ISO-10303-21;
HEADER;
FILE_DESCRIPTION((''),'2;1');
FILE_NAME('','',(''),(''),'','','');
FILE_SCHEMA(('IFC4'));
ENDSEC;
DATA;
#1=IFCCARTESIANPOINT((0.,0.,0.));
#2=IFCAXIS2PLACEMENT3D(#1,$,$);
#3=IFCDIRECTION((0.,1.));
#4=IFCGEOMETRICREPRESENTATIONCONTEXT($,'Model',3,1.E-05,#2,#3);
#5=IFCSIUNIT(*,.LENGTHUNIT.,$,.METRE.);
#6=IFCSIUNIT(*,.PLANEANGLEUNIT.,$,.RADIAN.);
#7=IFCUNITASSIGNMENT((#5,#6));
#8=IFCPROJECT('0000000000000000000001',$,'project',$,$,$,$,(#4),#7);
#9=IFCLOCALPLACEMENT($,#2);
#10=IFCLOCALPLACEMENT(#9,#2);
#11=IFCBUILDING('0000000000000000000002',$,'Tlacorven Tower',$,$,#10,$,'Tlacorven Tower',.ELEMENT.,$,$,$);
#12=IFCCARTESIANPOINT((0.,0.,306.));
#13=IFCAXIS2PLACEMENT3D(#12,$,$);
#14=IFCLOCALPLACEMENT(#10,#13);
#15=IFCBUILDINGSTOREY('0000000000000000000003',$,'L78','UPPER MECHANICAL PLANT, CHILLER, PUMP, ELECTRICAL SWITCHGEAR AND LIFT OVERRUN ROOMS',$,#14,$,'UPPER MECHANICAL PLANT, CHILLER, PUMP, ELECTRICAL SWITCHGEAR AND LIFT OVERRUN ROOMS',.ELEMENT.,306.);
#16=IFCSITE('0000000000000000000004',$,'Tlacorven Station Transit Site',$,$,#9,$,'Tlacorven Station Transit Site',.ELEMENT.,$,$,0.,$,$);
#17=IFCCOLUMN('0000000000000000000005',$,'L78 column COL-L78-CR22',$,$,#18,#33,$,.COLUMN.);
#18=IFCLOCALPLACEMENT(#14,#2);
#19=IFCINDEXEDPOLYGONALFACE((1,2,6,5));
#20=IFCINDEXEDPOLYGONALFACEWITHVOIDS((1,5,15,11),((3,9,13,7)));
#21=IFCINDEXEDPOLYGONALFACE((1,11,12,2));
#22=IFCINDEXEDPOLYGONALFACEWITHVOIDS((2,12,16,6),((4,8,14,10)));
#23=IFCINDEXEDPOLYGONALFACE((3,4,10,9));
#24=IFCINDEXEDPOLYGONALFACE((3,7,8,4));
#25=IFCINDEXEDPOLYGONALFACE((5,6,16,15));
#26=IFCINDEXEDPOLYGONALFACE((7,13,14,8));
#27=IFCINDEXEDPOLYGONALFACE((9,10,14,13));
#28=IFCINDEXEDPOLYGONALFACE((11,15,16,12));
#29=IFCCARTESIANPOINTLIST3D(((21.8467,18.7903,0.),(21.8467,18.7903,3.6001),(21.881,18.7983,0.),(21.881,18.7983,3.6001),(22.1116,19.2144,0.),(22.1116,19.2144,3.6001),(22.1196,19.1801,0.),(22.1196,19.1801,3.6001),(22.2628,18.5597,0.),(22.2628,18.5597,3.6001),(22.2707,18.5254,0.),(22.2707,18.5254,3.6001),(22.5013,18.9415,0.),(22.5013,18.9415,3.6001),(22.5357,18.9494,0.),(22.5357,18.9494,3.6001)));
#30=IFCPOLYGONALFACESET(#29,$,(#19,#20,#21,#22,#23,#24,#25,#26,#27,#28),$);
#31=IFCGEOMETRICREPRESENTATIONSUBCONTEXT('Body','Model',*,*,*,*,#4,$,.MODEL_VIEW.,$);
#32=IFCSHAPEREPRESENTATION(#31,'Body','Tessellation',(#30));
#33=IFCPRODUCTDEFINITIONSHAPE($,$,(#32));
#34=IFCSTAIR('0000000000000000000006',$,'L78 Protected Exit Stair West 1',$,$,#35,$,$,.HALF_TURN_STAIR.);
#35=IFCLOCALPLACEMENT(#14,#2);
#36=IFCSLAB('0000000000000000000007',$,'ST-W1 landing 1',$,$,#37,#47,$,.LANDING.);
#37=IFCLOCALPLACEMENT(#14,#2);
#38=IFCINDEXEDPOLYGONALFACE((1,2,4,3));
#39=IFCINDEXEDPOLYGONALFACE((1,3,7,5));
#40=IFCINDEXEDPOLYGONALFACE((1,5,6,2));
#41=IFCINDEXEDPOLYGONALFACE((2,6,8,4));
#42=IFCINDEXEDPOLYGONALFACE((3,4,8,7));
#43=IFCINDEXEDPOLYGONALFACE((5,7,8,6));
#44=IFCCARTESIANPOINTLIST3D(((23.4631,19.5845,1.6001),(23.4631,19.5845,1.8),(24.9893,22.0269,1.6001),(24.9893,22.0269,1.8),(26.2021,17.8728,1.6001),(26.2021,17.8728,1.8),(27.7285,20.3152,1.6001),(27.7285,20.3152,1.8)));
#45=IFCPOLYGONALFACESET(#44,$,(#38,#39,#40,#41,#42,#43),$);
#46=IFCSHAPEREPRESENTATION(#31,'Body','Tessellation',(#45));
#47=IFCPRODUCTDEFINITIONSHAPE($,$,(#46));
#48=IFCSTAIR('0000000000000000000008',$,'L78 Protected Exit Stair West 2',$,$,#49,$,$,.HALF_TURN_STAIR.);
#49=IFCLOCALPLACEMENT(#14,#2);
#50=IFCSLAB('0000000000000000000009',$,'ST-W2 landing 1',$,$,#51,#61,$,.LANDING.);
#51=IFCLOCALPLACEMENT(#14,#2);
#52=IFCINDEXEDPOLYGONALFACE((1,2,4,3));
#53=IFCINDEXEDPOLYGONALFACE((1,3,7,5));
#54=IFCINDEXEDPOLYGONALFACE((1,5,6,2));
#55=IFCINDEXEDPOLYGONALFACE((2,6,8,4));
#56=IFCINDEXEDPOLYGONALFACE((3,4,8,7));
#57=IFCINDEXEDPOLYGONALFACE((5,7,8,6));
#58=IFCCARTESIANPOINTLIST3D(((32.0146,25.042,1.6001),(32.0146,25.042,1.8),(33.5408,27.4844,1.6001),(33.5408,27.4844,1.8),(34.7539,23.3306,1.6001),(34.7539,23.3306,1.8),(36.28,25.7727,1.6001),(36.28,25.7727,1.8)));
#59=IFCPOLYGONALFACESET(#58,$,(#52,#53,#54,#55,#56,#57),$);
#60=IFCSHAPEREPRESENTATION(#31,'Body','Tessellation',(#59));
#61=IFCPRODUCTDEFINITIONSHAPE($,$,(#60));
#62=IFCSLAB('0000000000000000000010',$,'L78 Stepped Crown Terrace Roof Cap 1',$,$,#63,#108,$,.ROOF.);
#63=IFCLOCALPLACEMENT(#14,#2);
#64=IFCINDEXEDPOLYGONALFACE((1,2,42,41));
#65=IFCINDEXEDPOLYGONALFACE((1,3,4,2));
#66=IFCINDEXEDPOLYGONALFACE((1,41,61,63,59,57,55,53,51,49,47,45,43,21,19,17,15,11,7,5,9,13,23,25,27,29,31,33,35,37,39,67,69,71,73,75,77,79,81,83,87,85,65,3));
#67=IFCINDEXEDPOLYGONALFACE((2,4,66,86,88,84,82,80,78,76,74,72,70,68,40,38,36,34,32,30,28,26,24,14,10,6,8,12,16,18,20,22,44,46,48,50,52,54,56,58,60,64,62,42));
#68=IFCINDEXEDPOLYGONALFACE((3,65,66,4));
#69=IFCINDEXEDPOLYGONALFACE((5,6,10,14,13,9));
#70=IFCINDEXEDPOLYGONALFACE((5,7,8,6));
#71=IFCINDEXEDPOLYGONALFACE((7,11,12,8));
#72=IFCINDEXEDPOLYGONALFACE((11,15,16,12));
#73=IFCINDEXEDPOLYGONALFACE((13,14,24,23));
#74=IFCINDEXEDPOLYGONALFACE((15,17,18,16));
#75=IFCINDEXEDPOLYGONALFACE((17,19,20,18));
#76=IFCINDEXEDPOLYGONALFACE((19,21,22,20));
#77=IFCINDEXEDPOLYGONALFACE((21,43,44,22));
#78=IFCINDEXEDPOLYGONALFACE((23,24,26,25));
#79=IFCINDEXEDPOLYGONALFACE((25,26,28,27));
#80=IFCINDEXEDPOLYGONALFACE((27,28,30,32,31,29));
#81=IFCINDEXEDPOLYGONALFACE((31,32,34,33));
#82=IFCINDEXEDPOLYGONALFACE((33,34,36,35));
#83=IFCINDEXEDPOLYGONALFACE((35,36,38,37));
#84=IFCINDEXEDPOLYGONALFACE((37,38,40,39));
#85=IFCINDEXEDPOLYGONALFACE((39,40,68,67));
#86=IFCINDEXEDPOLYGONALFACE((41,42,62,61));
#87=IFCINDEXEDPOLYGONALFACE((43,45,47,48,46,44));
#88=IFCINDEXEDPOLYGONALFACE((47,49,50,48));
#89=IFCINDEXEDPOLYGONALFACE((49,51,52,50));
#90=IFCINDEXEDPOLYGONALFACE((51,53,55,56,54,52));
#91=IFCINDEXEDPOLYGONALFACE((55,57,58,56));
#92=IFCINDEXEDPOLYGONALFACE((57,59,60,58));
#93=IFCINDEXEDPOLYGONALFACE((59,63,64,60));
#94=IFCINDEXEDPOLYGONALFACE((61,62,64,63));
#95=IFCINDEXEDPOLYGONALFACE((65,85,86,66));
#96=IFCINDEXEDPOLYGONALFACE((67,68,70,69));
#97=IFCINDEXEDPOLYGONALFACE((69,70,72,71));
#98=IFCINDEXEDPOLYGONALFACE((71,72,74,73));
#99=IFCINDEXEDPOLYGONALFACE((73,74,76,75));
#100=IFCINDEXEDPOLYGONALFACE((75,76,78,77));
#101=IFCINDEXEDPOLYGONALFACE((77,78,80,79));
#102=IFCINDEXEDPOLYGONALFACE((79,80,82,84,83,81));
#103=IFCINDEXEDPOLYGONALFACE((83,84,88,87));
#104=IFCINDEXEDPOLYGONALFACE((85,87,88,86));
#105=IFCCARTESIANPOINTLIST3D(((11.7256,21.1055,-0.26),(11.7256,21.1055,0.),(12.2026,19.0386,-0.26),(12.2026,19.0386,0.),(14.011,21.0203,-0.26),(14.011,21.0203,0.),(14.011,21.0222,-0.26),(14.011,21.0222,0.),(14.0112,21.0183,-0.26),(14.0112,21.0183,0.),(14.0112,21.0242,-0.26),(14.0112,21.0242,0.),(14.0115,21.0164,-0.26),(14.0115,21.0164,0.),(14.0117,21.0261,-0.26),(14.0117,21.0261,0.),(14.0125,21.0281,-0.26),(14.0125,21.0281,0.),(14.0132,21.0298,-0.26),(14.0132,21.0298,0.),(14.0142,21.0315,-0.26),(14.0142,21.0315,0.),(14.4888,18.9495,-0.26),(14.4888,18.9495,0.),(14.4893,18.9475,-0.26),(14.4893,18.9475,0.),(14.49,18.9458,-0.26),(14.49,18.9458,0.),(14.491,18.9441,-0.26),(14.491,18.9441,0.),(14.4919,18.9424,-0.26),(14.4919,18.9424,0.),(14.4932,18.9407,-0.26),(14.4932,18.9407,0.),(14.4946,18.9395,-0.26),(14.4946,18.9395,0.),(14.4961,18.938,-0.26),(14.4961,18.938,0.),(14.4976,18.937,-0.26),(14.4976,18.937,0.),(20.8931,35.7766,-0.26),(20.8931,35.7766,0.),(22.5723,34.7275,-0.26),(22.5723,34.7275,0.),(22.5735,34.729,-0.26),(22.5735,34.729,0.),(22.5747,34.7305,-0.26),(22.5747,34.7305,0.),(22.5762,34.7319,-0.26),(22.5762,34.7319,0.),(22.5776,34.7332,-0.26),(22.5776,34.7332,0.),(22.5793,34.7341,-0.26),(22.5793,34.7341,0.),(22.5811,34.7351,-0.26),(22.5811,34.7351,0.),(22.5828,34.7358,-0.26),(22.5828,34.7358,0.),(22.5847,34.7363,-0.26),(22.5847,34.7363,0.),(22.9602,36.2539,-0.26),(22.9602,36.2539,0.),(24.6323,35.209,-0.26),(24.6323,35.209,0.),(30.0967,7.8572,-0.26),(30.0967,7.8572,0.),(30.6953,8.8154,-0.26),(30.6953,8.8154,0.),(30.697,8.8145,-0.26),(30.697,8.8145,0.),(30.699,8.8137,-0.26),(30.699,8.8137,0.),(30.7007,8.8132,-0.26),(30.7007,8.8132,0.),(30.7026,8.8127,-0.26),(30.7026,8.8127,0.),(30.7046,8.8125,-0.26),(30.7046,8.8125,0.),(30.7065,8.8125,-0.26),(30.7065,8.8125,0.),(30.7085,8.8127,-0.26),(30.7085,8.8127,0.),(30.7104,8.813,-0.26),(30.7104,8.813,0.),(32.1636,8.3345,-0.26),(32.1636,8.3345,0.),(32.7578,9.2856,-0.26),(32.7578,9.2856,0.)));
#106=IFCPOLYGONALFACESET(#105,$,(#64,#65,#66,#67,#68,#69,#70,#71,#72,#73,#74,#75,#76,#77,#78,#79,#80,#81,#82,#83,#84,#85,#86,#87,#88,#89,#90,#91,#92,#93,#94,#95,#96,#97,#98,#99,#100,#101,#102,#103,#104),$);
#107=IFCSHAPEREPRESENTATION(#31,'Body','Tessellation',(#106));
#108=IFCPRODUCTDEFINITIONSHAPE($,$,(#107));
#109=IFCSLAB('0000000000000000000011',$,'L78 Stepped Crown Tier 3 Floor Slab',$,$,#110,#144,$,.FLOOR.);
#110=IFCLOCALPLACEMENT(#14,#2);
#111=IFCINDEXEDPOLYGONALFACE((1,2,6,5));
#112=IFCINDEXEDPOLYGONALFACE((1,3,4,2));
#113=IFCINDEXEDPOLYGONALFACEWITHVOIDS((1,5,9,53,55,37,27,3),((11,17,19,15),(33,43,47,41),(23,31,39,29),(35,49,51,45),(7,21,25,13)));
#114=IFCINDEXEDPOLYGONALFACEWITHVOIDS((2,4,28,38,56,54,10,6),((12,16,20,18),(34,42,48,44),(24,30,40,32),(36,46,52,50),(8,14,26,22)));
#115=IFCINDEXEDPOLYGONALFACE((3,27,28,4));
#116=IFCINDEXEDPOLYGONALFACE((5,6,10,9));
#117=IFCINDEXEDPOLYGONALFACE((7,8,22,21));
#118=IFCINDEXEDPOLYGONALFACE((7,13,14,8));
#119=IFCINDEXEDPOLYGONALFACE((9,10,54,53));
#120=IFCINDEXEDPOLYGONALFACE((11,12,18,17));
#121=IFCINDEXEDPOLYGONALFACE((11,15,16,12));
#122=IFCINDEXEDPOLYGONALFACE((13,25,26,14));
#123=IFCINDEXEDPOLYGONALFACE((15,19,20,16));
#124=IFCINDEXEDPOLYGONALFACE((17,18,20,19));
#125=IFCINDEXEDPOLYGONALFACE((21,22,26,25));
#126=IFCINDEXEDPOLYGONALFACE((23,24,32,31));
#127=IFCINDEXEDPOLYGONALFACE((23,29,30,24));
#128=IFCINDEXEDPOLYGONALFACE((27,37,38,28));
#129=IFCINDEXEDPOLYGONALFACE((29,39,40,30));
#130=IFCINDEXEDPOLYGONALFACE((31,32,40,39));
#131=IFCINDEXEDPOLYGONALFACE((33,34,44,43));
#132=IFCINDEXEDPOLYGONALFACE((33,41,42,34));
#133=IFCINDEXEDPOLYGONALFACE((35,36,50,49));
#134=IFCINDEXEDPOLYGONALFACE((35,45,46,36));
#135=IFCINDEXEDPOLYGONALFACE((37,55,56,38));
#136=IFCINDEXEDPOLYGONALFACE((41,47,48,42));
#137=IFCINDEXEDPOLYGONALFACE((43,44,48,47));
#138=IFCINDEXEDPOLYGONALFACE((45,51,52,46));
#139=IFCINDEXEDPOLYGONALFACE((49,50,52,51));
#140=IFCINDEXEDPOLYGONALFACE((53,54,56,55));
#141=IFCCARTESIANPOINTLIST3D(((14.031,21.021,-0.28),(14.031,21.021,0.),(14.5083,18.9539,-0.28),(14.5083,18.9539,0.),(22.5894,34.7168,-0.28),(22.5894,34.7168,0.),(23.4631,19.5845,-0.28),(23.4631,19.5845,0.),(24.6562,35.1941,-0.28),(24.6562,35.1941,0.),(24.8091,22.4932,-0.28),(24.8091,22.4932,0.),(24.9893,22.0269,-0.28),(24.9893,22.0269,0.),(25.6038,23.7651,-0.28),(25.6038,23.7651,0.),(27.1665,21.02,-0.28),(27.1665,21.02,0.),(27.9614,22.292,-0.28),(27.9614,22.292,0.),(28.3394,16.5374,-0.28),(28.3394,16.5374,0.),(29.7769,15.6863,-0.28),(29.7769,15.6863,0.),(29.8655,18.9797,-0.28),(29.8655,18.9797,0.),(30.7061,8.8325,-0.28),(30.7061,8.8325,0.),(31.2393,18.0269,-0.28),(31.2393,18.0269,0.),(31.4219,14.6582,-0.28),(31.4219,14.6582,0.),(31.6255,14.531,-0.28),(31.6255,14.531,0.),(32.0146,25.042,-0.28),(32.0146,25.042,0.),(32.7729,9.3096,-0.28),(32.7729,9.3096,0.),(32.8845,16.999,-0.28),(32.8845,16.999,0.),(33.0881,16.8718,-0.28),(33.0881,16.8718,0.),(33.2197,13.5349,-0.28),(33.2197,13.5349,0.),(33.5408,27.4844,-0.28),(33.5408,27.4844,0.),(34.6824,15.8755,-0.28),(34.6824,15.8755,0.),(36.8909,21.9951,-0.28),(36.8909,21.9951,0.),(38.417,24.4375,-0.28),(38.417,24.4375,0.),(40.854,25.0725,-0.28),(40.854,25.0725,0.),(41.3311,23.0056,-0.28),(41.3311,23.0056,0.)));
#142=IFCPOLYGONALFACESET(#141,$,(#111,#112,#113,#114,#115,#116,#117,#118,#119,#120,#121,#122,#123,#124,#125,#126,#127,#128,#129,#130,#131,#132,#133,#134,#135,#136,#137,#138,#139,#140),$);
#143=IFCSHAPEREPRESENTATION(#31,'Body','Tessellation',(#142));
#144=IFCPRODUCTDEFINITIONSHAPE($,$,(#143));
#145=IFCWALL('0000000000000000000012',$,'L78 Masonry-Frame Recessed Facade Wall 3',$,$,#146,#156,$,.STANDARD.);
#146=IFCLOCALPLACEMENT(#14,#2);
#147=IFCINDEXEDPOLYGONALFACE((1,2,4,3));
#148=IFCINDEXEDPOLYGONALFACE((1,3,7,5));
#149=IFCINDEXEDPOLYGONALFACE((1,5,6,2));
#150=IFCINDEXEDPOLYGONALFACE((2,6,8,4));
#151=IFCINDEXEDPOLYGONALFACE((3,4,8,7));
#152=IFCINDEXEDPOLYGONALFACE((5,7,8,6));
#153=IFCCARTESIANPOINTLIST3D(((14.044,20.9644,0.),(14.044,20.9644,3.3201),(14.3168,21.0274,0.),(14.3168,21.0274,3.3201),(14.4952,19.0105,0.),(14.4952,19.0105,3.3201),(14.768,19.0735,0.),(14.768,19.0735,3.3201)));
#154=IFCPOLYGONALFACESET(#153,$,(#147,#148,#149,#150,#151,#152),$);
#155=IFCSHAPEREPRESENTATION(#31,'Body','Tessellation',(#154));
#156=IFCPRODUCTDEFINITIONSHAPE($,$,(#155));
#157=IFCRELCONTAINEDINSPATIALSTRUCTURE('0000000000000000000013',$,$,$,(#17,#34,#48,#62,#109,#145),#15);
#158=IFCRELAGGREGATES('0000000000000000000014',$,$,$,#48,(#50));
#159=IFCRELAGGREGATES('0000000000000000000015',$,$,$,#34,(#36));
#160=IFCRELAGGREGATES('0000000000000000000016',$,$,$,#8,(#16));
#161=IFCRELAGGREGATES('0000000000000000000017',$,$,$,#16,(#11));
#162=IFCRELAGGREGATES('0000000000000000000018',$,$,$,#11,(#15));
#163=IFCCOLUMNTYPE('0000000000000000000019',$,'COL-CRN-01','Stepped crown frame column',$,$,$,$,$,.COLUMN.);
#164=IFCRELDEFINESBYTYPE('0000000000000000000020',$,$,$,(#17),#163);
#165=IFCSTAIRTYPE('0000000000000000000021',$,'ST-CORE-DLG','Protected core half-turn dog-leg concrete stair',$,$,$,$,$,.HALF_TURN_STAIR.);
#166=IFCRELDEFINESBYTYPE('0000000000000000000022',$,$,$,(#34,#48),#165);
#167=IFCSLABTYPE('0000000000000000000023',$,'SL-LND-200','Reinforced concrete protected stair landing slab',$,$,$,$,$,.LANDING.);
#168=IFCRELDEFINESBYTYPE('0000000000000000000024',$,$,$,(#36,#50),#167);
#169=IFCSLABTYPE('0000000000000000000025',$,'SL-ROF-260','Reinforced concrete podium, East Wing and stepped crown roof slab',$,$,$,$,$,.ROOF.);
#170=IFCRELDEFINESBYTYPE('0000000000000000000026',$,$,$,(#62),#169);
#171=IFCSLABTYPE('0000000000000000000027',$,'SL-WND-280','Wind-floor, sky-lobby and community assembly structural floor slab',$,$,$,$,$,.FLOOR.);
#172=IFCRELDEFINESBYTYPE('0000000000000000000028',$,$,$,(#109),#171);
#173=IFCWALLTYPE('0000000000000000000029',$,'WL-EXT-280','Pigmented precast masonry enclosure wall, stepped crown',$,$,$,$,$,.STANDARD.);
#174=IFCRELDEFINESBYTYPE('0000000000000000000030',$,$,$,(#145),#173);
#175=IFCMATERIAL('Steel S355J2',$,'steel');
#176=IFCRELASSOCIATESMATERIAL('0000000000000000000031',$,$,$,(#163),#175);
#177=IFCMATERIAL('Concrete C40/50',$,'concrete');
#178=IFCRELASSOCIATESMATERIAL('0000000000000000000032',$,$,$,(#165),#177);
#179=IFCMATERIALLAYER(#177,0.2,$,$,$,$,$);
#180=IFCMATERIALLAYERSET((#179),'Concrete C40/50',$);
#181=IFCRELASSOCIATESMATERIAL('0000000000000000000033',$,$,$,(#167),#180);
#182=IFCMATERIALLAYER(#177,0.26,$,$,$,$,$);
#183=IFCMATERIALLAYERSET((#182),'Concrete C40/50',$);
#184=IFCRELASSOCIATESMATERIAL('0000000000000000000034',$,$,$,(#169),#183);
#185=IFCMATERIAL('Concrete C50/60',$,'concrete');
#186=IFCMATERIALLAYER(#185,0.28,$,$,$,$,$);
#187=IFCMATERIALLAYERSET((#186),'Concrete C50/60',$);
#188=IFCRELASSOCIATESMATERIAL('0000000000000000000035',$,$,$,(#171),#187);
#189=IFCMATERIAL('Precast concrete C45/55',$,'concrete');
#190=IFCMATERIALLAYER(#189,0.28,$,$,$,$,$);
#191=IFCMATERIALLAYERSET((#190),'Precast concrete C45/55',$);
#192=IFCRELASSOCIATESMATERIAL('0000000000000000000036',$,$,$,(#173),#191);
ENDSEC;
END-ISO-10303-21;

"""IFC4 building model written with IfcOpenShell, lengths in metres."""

from ifc_helpers import new_model, si_unit, direction, frame, frame_2d, origin, origin_2d, place, context, subcontext, project, spatial, polyline, rectangle, hollow_rectangle, outline, extrude, source, transform, mapped, material, layer, layer_set, material_profile, profile_set, type_object, element, aggregate, save


model = new_model("IFC4")

# Units and contexts
model_context = context("Model", 3, precision=1e-05, world=origin(), true_north=direction((0.0, 1.0)))
body_context = subcontext(model_context, "Body", "Model", "MODEL_VIEW")
ifc_project = project(units=[si_unit("LENGTHUNIT", "METRE"), si_unit("PLANEANGLEUNIT", "RADIAN")], contexts=[model_context])

# Site, building, storey
site_placement = place(None, origin())
site = spatial("IfcSite", under=ifc_project, at=site_placement, Name="Tlacorven Station Transit Site", LongName="Tlacorven Station Transit Site", CompositionType="ELEMENT", RefElevation=0.0)
building_placement = place(site_placement, origin())
building = spatial("IfcBuilding", under=site, at=building_placement, Name="Tlacorven Tower", LongName="Tlacorven Tower", CompositionType="ELEMENT")
storey_placement = place(building_placement, frame((0.0, 0.0, 306.0)))
storey = spatial("IfcBuildingStorey", under=building, at=storey_placement, Name="L78", Description="UPPER MECHANICAL PLANT, CHILLER, PUMP, ELECTRICAL SWITCHGEAR AND LIFT OVERRUN ROOMS", LongName="UPPER MECHANICAL PLANT, CHILLER, PUMP, ELECTRICAL SWITCHGEAR AND LIFT OVERRUN ROOMS", CompositionType="ELEMENT", Elevation=306.0)

# Column
ifc_material_1 = material(Name="Steel S355J2", Category="steel")
ifc_material_profile = material_profile(ifc_material_1, hollow_rectangle(XDim=0.5, YDim=0.5, WallThickness=0.0249, at=origin_2d()), Name="BOX 500X500X25")
ifc_profile_set = profile_set([ifc_material_profile], Name="Steel S355J2")
column_type = type_object("IfcColumnType", Name="COL-CRN-01", Description="Stepped crown frame column", PredefinedType="COLUMN", material=ifc_profile_set)
shared_shape_1 = source(origin(), body_context, "Body", "SweptSolid", [
    extrude(hollow_rectangle(XDim=0.5, YDim=0.5, WallThickness=0.0249, at=origin_2d()), origin(), (0.0, 0.0, 1.0), 3.6001),
])
column_placement = place(storey_placement, frame((22.1912, 18.8699, 0.0), z_axis=(0.0, 0.0, 1.0), x_axis=(-0.848048, 0.529919, 0.0)))
element("IfcColumn", 1, at=column_placement, inside=storey, type_object=column_type, Name="L78 column COL-L78-CR22", PredefinedType="COLUMN", context=body_context, shape_type="MappedRepresentation", body=[
    mapped(shared_shape_1, transform((0.0, 0.0, 0.0), scale=1.0)),
])

# Stairs, slabs
ifc_material_2 = material(Name="Concrete C40/50", Category="concrete")
stair_type = type_object("IfcStairType", Name="ST-CORE-DLG", Description="Protected core half-turn dog-leg concrete stair", PredefinedType="HALF_TURN_STAIR", material=ifc_material_2)
stair_1_placement = place(storey_placement, origin())
stair_1 = element("IfcStair", 2, at=stair_1_placement, inside=storey, type_object=stair_type, Name="L78 Protected Exit Stair West 1", PredefinedType="HALF_TURN_STAIR")
ifc_layer_1 = layer(ifc_material_2, 0.2)
ifc_layer_set_1 = layer_set([ifc_layer_1], Name="Concrete C40/50")
slab_type_1 = type_object("IfcSlabType", Name="SL-LND-200", Description="Reinforced concrete protected stair landing slab", PredefinedType="LANDING", material=ifc_layer_set_1)
slab_1_placement = place(storey_placement, frame((0.0, 0.0, 1.6001)))
slab_1 = element("IfcSlab", 3, at=slab_1_placement, type_object=slab_type_1, Name="ST-W1 landing 1", PredefinedType="LANDING", context=body_context, shape_type="SweptSolid", body=[
    extrude(outline(polyline([(27.7285, 20.3152), (24.9893, 22.0269), (23.4631, 19.5845), (26.2021, 17.8728), (27.7285, 20.3152)])), origin(), (0.0, 0.0, 1.0), 0.2),
])
stair_2_placement = place(storey_placement, origin())
stair_2 = element("IfcStair", 4, at=stair_2_placement, inside=storey, type_object=stair_type, Name="L78 Protected Exit Stair West 2", PredefinedType="HALF_TURN_STAIR")
slab_2_placement = place(storey_placement, frame((0.0, 0.0, 1.6001)))
slab_2 = element("IfcSlab", 5, at=slab_2_placement, type_object=slab_type_1, Name="ST-W2 landing 1", PredefinedType="LANDING", context=body_context, shape_type="SweptSolid", body=[
    extrude(outline(polyline([(36.28, 25.7727), (33.5408, 27.4844), (32.0146, 25.042), (34.7539, 23.3306), (36.28, 25.7727)])), origin(), (0.0, 0.0, 1.0), 0.2),
])
aggregate(stair_2, [slab_2])

# Slabs
ifc_layer_2 = layer(ifc_material_2, 0.26)
ifc_layer_set_2 = layer_set([ifc_layer_2], Name="Concrete C40/50")
slab_type_2 = type_object("IfcSlabType", Name="SL-ROF-260", Description="Reinforced concrete podium, East Wing and stepped crown roof slab", PredefinedType="ROOF", material=ifc_layer_set_2)
slab_3_placement = place(storey_placement, frame((0.0, 0.0, -0.26)))
element("IfcSlab", 6, at=slab_3_placement, inside=storey, type_object=slab_type_2, Name="L78 Stepped Crown Terrace Roof Cap 1", PredefinedType="ROOF", context=body_context, shape_type="SweptSolid", body=[
    extrude(outline(polyline([(32.1636, 8.3345), (30.0967, 7.8572), (12.2026, 19.0386), (11.7256, 21.1055), (20.8931, 35.7766), (22.9602, 36.2539), (24.6323, 35.209), (22.5847, 34.7363), (22.5828, 34.7358), (22.5811, 34.7351), (22.5793, 34.7341), (22.5776, 34.7332), (22.5762, 34.7319), (22.5747, 34.7305), (22.5735, 34.729), (22.5723, 34.7275), (14.0142, 21.0315), (14.0132, 21.0298), (14.0125, 21.0281), (14.0117, 21.0261), (14.0112, 21.0242), (14.011, 21.0222), (14.011, 21.0203), (14.0112, 21.0183), (14.0115, 21.0164), (14.4888, 18.9495), (14.4893, 18.9475), (14.49, 18.9458), (14.491, 18.9441), (14.4919, 18.9424), (14.4932, 18.9407), (14.4946, 18.9395), (14.4961, 18.938), (14.4976, 18.937), (30.6953, 8.8154), (30.697, 8.8145), (30.699, 8.8137), (30.7007, 8.8132), (30.7026, 8.8127), (30.7046, 8.8125), (30.7065, 8.8125), (30.7085, 8.8127), (30.7104, 8.813), (32.7578, 9.2856), (32.1636, 8.3345)])), origin(), (0.0, 0.0, 1.0), 0.26),
])
ifc_material_3 = material(Name="Concrete C50/60", Category="concrete")
ifc_layer_3 = layer(ifc_material_3, 0.28)
ifc_layer_set_3 = layer_set([ifc_layer_3], Name="Concrete C50/60")
slab_type_3 = type_object("IfcSlabType", Name="SL-WND-280", Description="Wind-floor, sky-lobby and community assembly structural floor slab", PredefinedType="FLOOR", material=ifc_layer_set_3)
slab_4_placement = place(storey_placement, frame((0.0, 0.0, -0.28)))
element("IfcSlab", 7, at=slab_4_placement, inside=storey, type_object=slab_type_3, Name="L78 Stepped Crown Tier 3 Floor Slab", PredefinedType="FLOOR", context=body_context, shape_type="SweptSolid", body=[
    extrude(outline(polyline([(40.854, 25.0725), (24.6562, 35.1941), (22.5894, 34.7168), (14.031, 21.021), (14.5083, 18.9539), (30.7061, 8.8325), (32.7729, 9.3096), (41.3311, 23.0056), (40.854, 25.0725)]), holes=[polyline([(29.8655, 18.9797), (24.9893, 22.0269), (23.4631, 19.5845), (28.3394, 16.5374), (29.8655, 18.9797)]), polyline([(38.417, 24.4375), (33.5408, 27.4844), (32.0146, 25.042), (36.8909, 21.9951), (38.417, 24.4375)]), polyline([(34.6824, 15.8755), (33.0881, 16.8718), (31.6255, 14.531), (33.2197, 13.5349), (34.6824, 15.8755)]), polyline([(32.8845, 16.999), (31.2393, 18.0269), (29.7769, 15.6863), (31.4219, 14.6582), (32.8845, 16.999)]), polyline([(27.9614, 22.292), (25.6038, 23.7651), (24.8091, 22.4932), (27.1665, 21.02), (27.9614, 22.292)])]), origin(), (0.0, 0.0, 1.0), 0.28),
])

# Wall
ifc_material_4 = material(Name="Precast concrete C45/55", Category="concrete")
ifc_layer_4 = layer(ifc_material_4, 0.28)
ifc_layer_set_4 = layer_set([ifc_layer_4], Name="Precast concrete C45/55")
wall_type_1 = type_object("IfcWallType", Name="WL-EXT-280", Description="Pigmented precast masonry enclosure wall, stepped crown", PredefinedType="STANDARD", material=ifc_layer_set_4)
wall_1_placement = place(storey_placement, frame((14.6316, 19.042, 0.0), z_axis=(0.0, 0.0, 1.0), x_axis=(-0.224993, 0.97436, 0.0)))
element("IfcWall", 8, at=wall_1_placement, inside=storey, type_object=wall_type_1, Name="L78 Masonry-Frame Recessed Facade Wall 3", PredefinedType="STANDARD", context=body_context, shape_type="SweptSolid", body=[
    extrude(rectangle(XDim=2.0054, YDim=0.28, at=frame_2d((1.0027, 0.0))), origin(), (0.0, 0.0, 1.0), 3.3201),
])

aggregate(stair_1, [slab_1])

save(model, "model.ifc")
